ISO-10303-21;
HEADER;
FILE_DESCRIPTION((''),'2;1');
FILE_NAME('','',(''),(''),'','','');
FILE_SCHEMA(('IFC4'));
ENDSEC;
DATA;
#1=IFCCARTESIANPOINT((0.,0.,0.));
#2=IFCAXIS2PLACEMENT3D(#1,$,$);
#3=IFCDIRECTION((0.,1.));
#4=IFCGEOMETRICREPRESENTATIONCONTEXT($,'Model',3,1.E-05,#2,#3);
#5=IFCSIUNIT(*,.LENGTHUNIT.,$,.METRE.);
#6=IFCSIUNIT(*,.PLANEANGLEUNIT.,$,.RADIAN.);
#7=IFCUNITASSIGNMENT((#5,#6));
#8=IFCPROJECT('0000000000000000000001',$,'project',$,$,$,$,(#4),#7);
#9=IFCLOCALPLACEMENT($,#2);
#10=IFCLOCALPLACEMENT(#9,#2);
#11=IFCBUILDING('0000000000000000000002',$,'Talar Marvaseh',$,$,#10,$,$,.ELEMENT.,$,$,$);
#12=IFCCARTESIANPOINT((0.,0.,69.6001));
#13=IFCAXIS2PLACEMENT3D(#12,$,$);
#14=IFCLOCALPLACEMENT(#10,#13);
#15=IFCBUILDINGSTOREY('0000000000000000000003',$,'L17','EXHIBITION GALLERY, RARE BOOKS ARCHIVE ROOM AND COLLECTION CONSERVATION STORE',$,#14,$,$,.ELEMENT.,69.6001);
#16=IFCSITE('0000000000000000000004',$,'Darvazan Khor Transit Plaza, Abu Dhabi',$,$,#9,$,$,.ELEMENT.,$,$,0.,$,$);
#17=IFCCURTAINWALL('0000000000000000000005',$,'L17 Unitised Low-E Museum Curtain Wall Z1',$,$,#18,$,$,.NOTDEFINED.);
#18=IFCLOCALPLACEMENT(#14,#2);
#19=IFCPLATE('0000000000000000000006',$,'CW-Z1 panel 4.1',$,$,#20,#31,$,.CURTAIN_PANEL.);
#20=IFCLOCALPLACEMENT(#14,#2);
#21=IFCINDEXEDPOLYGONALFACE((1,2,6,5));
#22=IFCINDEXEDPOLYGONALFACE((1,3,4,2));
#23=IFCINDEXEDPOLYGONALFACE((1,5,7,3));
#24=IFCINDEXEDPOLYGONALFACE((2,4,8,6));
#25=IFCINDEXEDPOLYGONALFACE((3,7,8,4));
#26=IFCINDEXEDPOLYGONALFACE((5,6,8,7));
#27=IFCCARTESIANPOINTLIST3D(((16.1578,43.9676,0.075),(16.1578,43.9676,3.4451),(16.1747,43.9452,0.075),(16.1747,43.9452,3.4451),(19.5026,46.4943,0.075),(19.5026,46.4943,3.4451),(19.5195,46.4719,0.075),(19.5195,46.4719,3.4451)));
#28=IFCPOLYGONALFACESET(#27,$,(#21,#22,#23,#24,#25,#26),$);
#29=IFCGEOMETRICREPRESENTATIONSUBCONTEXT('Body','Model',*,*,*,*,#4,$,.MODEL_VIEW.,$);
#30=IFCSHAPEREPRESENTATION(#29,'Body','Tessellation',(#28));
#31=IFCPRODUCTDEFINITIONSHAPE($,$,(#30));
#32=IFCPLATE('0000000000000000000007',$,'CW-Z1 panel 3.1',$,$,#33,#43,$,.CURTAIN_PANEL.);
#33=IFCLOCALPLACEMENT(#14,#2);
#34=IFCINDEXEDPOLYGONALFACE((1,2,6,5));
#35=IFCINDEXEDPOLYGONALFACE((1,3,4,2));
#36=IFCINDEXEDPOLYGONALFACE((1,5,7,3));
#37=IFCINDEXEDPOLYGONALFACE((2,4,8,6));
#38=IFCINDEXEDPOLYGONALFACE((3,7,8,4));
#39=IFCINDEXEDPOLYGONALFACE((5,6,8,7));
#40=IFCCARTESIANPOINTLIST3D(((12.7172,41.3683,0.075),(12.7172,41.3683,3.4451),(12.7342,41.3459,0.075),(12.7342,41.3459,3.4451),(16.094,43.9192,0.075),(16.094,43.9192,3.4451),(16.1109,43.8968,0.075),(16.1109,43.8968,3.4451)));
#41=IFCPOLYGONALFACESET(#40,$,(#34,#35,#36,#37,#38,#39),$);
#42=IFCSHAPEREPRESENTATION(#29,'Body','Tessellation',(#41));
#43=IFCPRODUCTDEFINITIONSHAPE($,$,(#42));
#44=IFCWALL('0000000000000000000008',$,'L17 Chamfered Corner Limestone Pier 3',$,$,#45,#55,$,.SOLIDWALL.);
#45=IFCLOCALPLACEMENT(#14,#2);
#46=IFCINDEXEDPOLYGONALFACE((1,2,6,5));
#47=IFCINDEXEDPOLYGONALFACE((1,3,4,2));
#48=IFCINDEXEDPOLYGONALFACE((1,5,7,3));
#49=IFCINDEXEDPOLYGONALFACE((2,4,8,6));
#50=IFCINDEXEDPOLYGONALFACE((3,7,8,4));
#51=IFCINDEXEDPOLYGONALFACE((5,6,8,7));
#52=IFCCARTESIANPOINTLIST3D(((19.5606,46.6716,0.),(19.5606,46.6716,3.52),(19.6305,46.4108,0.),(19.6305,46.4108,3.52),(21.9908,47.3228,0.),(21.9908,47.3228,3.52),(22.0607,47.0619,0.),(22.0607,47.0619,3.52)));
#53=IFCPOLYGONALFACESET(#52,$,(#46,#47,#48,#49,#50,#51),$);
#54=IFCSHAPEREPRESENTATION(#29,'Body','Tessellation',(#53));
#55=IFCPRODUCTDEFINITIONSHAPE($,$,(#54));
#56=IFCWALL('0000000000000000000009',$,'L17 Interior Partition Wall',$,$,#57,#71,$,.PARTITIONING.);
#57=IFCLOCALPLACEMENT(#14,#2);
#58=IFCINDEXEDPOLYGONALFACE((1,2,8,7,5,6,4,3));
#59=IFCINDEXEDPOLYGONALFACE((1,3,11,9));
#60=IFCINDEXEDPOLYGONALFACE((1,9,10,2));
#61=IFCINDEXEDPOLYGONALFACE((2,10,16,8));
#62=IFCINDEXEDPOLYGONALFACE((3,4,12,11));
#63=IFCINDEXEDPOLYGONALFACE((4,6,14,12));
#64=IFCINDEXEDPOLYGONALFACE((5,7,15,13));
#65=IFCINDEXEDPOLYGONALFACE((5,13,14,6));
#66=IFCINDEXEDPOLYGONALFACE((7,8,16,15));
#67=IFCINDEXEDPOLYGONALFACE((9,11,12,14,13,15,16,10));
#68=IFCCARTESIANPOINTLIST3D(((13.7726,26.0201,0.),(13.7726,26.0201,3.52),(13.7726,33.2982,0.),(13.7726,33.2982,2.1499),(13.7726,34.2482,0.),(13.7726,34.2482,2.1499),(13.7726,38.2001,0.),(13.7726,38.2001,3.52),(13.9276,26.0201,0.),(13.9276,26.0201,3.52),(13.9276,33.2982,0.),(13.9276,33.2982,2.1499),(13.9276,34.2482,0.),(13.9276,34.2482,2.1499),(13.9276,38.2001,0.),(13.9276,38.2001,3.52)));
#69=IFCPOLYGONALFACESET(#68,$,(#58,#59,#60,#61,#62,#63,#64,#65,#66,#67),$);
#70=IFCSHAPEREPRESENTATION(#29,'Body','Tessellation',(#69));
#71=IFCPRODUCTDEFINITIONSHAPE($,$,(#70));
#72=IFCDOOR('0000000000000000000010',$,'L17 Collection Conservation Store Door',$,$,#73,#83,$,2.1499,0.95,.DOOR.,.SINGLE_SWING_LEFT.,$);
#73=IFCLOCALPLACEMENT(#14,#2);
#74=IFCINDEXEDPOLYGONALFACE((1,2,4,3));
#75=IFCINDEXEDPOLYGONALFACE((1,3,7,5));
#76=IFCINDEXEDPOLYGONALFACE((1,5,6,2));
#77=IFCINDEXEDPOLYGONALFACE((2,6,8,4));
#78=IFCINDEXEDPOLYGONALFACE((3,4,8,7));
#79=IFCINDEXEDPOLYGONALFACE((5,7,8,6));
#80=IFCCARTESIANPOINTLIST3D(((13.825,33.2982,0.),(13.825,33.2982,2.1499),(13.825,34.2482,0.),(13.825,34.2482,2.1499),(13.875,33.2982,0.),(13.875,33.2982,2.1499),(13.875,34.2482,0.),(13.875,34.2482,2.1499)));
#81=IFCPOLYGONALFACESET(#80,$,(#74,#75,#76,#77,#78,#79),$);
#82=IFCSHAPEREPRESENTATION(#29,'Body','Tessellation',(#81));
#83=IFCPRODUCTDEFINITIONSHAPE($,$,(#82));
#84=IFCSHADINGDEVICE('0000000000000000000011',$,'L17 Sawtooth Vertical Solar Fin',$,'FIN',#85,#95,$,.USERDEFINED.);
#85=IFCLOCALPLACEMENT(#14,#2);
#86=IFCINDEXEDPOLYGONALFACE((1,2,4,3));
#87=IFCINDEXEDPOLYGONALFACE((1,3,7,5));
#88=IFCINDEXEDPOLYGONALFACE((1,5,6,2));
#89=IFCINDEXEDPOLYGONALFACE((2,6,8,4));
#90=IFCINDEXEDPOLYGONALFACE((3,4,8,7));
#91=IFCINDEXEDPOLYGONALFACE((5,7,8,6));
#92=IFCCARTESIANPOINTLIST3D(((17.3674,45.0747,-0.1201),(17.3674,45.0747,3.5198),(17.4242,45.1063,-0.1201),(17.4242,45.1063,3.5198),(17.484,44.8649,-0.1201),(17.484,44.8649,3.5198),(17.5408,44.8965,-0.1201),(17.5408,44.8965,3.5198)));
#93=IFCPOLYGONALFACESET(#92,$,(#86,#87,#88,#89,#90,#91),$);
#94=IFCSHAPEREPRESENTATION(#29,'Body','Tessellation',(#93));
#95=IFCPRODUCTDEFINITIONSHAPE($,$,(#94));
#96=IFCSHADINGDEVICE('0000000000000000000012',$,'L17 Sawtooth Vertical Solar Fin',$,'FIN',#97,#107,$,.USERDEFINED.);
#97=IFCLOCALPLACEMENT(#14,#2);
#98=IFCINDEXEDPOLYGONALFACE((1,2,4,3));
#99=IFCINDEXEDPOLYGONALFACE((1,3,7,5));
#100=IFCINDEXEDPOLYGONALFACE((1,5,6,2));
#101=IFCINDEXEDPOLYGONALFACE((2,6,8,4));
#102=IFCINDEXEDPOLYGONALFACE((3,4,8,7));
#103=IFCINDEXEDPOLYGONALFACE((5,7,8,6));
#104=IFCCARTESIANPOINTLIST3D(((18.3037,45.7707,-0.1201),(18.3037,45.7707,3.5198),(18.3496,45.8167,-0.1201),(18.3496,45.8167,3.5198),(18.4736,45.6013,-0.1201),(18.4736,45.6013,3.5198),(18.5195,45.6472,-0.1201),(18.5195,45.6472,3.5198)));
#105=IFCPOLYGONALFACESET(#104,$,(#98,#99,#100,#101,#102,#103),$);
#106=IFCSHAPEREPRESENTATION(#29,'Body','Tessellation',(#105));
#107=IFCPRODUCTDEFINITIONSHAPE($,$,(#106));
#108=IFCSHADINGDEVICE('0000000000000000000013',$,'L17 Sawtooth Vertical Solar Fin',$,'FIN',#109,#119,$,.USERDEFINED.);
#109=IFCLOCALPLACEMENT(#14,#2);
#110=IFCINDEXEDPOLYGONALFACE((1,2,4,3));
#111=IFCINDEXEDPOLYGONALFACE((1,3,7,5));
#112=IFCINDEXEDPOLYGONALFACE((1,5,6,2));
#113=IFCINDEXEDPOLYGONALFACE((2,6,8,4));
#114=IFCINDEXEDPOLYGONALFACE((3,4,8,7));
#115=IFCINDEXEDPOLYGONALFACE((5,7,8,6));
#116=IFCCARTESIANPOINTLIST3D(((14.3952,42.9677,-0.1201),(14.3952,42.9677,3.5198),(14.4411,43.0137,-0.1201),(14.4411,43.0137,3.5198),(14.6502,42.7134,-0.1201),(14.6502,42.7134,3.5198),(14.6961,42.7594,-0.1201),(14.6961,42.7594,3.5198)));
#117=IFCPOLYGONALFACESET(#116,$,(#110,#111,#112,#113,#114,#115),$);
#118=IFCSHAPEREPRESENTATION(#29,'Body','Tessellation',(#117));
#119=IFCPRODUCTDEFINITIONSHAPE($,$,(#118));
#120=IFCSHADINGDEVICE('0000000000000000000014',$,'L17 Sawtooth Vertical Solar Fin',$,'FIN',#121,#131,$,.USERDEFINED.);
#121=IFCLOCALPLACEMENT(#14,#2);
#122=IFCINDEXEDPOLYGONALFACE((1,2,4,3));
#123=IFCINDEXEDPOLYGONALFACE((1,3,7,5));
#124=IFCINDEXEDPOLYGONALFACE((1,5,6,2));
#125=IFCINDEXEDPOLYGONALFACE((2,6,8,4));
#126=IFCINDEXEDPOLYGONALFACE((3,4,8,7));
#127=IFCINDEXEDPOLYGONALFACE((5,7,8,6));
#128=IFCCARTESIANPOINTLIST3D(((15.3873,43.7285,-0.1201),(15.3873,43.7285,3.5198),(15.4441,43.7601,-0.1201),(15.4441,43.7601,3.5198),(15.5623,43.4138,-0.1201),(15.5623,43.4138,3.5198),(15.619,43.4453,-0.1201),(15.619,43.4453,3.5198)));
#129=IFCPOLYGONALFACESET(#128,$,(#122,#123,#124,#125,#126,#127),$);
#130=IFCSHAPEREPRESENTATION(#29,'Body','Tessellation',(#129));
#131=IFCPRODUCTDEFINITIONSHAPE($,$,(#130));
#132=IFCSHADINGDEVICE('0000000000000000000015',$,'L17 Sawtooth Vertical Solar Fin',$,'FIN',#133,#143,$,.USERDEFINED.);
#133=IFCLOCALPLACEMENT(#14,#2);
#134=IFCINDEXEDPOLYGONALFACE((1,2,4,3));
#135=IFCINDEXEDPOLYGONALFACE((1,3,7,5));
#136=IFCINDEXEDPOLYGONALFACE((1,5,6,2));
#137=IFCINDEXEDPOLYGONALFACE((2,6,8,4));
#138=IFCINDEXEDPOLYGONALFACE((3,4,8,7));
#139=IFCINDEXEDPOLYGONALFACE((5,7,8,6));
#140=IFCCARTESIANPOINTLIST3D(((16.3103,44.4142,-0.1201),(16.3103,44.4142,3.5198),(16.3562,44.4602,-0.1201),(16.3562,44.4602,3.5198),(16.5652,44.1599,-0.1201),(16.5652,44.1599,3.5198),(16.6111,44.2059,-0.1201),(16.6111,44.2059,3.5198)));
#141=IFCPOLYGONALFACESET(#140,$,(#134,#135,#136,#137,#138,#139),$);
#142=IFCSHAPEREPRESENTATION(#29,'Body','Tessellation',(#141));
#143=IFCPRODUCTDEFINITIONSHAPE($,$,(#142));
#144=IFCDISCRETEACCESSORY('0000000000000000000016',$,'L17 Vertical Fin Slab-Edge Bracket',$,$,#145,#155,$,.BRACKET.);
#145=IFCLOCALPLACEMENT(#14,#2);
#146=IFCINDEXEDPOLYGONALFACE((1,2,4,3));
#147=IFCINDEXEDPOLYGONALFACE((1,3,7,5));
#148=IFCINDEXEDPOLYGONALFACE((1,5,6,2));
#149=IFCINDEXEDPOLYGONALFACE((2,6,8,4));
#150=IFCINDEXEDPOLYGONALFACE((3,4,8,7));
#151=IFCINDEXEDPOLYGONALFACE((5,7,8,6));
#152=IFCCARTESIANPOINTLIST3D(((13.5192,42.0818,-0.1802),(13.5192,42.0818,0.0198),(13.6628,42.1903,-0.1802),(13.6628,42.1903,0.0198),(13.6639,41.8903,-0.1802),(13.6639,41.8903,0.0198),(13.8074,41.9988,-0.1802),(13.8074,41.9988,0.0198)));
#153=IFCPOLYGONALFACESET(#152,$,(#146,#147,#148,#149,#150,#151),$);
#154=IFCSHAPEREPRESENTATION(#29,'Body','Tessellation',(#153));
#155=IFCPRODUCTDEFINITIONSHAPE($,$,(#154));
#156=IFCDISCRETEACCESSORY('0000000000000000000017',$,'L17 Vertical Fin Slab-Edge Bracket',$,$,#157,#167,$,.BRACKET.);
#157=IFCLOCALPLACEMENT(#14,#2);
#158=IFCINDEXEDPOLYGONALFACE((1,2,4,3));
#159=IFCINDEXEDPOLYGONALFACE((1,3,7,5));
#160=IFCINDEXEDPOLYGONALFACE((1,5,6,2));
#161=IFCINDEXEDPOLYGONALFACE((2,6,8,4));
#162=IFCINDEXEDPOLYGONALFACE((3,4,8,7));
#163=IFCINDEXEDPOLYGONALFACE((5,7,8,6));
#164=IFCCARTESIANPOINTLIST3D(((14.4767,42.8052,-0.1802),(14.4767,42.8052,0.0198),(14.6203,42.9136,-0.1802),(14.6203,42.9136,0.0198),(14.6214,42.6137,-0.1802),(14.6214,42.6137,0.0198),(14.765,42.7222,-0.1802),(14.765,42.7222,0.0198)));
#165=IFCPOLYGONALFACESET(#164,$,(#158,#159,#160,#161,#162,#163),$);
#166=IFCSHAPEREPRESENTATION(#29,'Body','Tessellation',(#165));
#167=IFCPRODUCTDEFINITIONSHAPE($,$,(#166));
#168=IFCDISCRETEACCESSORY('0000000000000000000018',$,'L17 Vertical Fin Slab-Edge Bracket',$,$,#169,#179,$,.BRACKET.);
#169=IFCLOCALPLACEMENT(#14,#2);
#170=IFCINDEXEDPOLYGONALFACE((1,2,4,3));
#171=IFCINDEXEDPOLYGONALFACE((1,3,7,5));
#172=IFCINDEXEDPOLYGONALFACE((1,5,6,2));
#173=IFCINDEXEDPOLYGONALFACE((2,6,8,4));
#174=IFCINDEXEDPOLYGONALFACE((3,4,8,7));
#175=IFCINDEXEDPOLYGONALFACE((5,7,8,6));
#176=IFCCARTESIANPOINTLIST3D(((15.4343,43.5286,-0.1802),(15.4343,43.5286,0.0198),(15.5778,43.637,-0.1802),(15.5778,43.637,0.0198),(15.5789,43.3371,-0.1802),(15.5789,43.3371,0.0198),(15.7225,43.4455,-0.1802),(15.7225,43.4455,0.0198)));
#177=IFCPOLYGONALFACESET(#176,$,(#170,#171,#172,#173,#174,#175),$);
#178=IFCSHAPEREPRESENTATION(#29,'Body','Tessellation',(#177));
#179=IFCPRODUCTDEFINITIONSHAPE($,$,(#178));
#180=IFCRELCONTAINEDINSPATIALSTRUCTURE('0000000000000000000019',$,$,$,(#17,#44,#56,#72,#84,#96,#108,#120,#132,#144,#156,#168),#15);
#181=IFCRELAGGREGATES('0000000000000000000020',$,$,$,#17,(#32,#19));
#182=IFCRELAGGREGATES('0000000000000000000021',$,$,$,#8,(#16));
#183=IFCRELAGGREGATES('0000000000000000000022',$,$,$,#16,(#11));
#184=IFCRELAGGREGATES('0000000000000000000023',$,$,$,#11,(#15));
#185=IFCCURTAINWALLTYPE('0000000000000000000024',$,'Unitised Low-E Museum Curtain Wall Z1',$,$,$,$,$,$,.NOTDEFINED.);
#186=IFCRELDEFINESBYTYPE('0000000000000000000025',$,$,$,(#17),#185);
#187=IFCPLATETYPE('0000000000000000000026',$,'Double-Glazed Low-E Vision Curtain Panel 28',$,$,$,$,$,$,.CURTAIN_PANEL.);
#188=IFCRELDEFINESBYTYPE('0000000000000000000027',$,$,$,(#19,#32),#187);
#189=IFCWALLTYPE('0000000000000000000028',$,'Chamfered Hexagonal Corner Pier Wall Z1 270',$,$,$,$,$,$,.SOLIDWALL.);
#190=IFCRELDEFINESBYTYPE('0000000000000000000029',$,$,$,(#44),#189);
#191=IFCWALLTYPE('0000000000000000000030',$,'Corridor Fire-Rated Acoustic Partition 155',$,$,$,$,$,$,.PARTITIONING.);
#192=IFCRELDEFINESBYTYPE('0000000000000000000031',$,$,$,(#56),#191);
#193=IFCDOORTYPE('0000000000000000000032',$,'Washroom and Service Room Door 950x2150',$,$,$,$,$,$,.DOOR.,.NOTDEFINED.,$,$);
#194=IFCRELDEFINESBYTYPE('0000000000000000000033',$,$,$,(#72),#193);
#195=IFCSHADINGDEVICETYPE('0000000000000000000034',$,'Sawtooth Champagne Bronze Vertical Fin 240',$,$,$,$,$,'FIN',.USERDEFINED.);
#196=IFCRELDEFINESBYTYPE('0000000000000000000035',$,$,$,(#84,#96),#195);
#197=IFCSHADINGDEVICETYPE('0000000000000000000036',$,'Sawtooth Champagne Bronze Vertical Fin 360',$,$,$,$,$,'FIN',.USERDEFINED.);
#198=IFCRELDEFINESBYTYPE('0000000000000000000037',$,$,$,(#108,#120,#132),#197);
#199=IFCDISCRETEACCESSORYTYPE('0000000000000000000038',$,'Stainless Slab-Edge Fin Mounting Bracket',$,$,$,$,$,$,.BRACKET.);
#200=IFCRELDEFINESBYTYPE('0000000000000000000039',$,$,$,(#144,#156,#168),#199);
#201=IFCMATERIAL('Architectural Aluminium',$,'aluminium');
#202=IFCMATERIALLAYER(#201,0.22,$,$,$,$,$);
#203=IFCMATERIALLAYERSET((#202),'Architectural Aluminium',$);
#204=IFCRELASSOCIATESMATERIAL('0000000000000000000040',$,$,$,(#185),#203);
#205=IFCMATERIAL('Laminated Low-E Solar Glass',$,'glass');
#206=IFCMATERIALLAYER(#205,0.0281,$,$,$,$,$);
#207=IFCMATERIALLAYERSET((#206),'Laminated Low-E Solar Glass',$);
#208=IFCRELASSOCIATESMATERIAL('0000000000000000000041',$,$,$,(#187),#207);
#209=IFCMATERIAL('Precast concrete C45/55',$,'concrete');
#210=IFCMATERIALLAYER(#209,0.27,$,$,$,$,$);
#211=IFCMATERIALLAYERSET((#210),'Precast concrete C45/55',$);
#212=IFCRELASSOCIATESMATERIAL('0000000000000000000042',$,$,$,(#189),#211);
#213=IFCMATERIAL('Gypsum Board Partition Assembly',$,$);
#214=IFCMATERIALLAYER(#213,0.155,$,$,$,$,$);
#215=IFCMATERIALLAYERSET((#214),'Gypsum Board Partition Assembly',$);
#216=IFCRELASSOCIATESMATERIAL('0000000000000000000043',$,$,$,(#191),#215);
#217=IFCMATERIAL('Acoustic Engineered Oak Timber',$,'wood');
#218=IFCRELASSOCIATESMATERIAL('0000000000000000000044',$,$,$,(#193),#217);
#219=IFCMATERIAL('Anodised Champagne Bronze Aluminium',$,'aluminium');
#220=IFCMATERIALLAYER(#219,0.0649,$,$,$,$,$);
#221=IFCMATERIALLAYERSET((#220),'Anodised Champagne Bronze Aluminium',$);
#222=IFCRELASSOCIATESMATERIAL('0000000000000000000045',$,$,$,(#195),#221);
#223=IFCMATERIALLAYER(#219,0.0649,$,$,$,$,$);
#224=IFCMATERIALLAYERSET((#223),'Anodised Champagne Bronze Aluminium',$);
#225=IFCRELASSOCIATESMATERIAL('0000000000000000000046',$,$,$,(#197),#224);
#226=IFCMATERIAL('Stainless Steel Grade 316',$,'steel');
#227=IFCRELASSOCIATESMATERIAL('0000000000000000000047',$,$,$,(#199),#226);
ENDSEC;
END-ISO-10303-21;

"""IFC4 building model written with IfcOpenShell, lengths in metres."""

from ifc_helpers import new_model, si_unit, direction, frame, frame_2d, origin, origin_2d, place, context, subcontext, project, spatial, rectangle, extrude, source, transform, mapped, material, layer, layer_set, type_object, type_shapes, element, fill, aggregate, save


model = new_model("IFC4")

# Units and contexts
model_context = context("Model", 3, precision=1e-05, world=origin(), true_north=direction((0.0, 1.0)))
body_context = subcontext(model_context, "Body", "Model", "MODEL_VIEW")
ifc_project = project(units=[si_unit("LENGTHUNIT", "METRE"), si_unit("PLANEANGLEUNIT", "RADIAN")], contexts=[model_context])

# Site, building, storey
site_placement = place(None, origin())
site = spatial("IfcSite", under=ifc_project, at=site_placement, Name="Darvazan Khor Transit Plaza, Abu Dhabi", CompositionType="ELEMENT", RefElevation=0.0)
building_placement = place(site_placement, origin())
building = spatial("IfcBuilding", under=site, at=building_placement, Name="Talar Marvaseh", CompositionType="ELEMENT")
storey_placement = place(building_placement, frame((0.0, 0.0, 69.6001)))
storey = spatial("IfcBuildingStorey", under=building, at=storey_placement, Name="L17", Description="EXHIBITION GALLERY, RARE BOOKS ARCHIVE ROOM AND COLLECTION CONSERVATION STORE", CompositionType="ELEMENT", Elevation=69.6001)

# Curtain wall, plates
ifc_material_1 = material(Name="Architectural Aluminium", Category="aluminium")
ifc_layer_1 = layer(ifc_material_1, 0.22)
ifc_layer_set_1 = layer_set([ifc_layer_1], Name="Architectural Aluminium")
curtain_wall_type = type_object("IfcCurtainWallType", Name="Unitised Low-E Museum Curtain Wall Z1", PredefinedType="NOTDEFINED", material=ifc_layer_set_1)
curtain_wall_placement = place(storey_placement, origin())
curtain_wall = element("IfcCurtainWall", 1, at=curtain_wall_placement, inside=storey, type_object=curtain_wall_type, Name="L17 Unitised Low-E Museum Curtain Wall Z1", PredefinedType="NOTDEFINED")
ifc_material_2 = material(Name="Laminated Low-E Solar Glass", Category="glass")
ifc_layer_2 = layer(ifc_material_2, 0.0281)
ifc_layer_set_2 = layer_set([ifc_layer_2], Name="Laminated Low-E Solar Glass")
plate_type = type_object("IfcPlateType", Name="Double-Glazed Low-E Vision Curtain Panel 28", PredefinedType="CURTAIN_PANEL", material=ifc_layer_set_2)
shared_shape_1 = source(origin(), body_context, "Body", "SweptSolid", [
    extrude(rectangle(XDim=4.1919, YDim=0.0281, at=origin_2d()), origin(), (0.0, 0.0, 1.0), 3.3701),
])
plate_1_placement = place(storey_placement, frame((17.8386, 45.2197, 0.075), z_axis=(0.0, 0.0, 1.0), x_axis=(0.79792, 0.602763, 0.0)))
plate_1 = element("IfcPlate", 2, at=plate_1_placement, type_object=plate_type, Name="CW-Z1 panel 4.1", PredefinedType="CURTAIN_PANEL", context=body_context, shape_type="MappedRepresentation", body=[
    mapped(shared_shape_1, transform((0.0, 0.0, 0.0), x_axis=(1.0, 0.0, 0.0), y_axis=(0.0, 1.0, 0.0), z_axis=(0.0, 0.0, 1.0), scale=1.0)),
])
shared_shape_2 = source(origin(), body_context, "Body", "SweptSolid", [
    extrude(rectangle(XDim=4.2319, YDim=0.0281, at=origin_2d()), origin(), (0.0, 0.0, 1.0), 3.3701),
])
type_shapes(plate_type, [shared_shape_1, shared_shape_2])
plate_2_placement = place(storey_placement, frame((14.4141, 42.6326, 0.075), z_axis=(0.0, 0.0, 1.0), x_axis=(0.79792, 0.602763, 0.0)))
plate_2 = element("IfcPlate", 3, at=plate_2_placement, type_object=plate_type, Name="CW-Z1 panel 3.1", PredefinedType="CURTAIN_PANEL", context=body_context, shape_type="MappedRepresentation", body=[
    mapped(shared_shape_2, transform((0.0, 0.0, 0.0), x_axis=(1.0, 0.0, 0.0), y_axis=(0.0, 1.0, 0.0), z_axis=(0.0, 0.0, 1.0), scale=1.0)),
])
aggregate(curtain_wall, [plate_2, plate_1])

# Wall
ifc_material_3 = material(Name="Precast concrete C45/55", Category="concrete")
ifc_layer_3 = layer(ifc_material_3, 0.27)
ifc_layer_set_3 = layer_set([ifc_layer_3], Name="Precast concrete C45/55")
wall_type_1 = type_object("IfcWallType", Name="Chamfered Hexagonal Corner Pier Wall Z1 270", PredefinedType="SOLIDWALL", material=ifc_layer_set_3)
wall_1_placement = place(storey_placement, frame((19.5957, 46.5413, 0.0), z_axis=(0.0, 0.0, 1.0), x_axis=(0.96593, 0.258804, 0.0)))
element("IfcWall", 4, at=wall_1_placement, inside=storey, type_object=wall_type_1, Name="L17 Chamfered Corner Limestone Pier 3", PredefinedType="SOLIDWALL", context=body_context, shape_type="SweptSolid", body=[
    extrude(rectangle(XDim=2.5159, YDim=0.27, at=frame_2d((1.2578, 0.0))), origin(), (0.0, 0.0, 1.0), 3.52),
])

# Wall, opening, door
ifc_material_4 = material(Name="Gypsum Board Partition Assembly")
ifc_layer_4 = layer(ifc_material_4, 0.155)
ifc_layer_set_4 = layer_set([ifc_layer_4], Name="Gypsum Board Partition Assembly")
wall_type_2 = type_object("IfcWallType", Name="Corridor Fire-Rated Acoustic Partition 155", PredefinedType="PARTITIONING", material=ifc_layer_set_4)
wall_2_placement = place(storey_placement, frame((13.8501, 38.2, 0.0), z_axis=(0.0, 0.0, 1.0), x_axis=(0.0, -1.0, 0.0)))
wall_2 = element("IfcWall", 5, at=wall_2_placement, inside=storey, type_object=wall_type_2, Name="L17 Interior Partition Wall", PredefinedType="PARTITIONING", context=body_context, shape_type="SweptSolid", body=[
    extrude(rectangle(XDim=12.1799, YDim=0.155, at=frame_2d((6.0898, 0.0))), origin(), (0.0, 0.0, 1.0), 3.52),
])
opening_placement = place(wall_2_placement, frame((3.9517, 0.0, 0.0)))
opening = element("IfcOpeningElement", 6, at=opening_placement, cuts=wall_2, PredefinedType="OPENING", context=body_context, shape_type="SweptSolid", body=[
    extrude(rectangle(XDim=0.95, YDim=2.1499, at=frame_2d((0.4751, 1.075))), frame((0.0, 0.0874, 0.0), z_axis=(0.0, -1.0, 0.0), x_axis=(1.0, 0.0, 0.0)), (0.0, 0.0, 1.0), 0.175),
])
ifc_material_5 = material(Name="Acoustic Engineered Oak Timber", Category="wood")
door_type = type_object("IfcDoorType", Name="Washroom and Service Room Door 950x2150", OperationType="NOTDEFINED", PredefinedType="DOOR", material=ifc_material_5)
shared_shape_3 = source(origin(), body_context, "Body", "SweptSolid", [
    extrude(rectangle(XDim=0.95, YDim=2.1499, at=frame_2d((0.4751, 1.075))), frame((0.0, 0.0249, 0.0), z_axis=(0.0, -1.0, 0.0), x_axis=(1.0, 0.0, 0.0)), (0.0, 0.0, 1.0), 0.05),
])
type_shapes(door_type, [shared_shape_3])
door_placement = place(opening_placement, origin())
door = element("IfcDoor", 7, at=door_placement, inside=storey, type_object=door_type, Name="L17 Collection Conservation Store Door", OperationType="SINGLE_SWING_LEFT", OverallHeight=2.1499, OverallWidth=0.95, PredefinedType="DOOR", context=body_context, shape_type="MappedRepresentation", body=[
    mapped(shared_shape_3, transform((0.0, 0.0, 0.0), x_axis=(1.0, 0.0, 0.0), y_axis=(0.0, 1.0, 0.0), z_axis=(0.0, 0.0, 1.0), scale=1.0)),
])
fill(opening, door)

# Shading devices
ifc_material_6 = material(Name="Anodised Champagne Bronze Aluminium", Category="aluminium")
ifc_layer_5 = layer(ifc_material_6, 0.0649)
ifc_layer_set_5 = layer_set([ifc_layer_5], Name="Anodised Champagne Bronze Aluminium")
shading_device_type_1 = type_object("IfcShadingDeviceType", Name="Sawtooth Champagne Bronze Vertical Fin 240", ElementType="FIN", PredefinedType="USERDEFINED", material=ifc_layer_set_5)
shared_shape_4 = source(origin(), body_context, "Body", "SweptSolid", [
    extrude(rectangle(XDim=0.24, YDim=0.0649, at=origin_2d()), origin(), (0.0, 0.0, 1.0), 3.6399),
])
type_shapes(shading_device_type_1, [shared_shape_4])
for number, where, z_axis, x_axis, name in (
    (8, (17.4541, 44.9856, -0.1201), (0.0, 0.0, 1.0), (-0.485878, 0.874027, 0.0), "L17 Sawtooth Vertical Solar Fin"),
    (9, (18.4116, 45.709, -0.1201), (0.0, 0.0, 1.0), (-0.70797, 0.706242, 0.0), "L17 Sawtooth Vertical Solar Fin"),
):
    element("IfcShadingDevice", number, at=place(storey_placement, frame(where, z_axis=z_axis, x_axis=x_axis)), inside=storey, type_object=shading_device_type_1, Name=name, ObjectType="FIN", PredefinedType="USERDEFINED", context=body_context, shape_type="MappedRepresentation", body=[
        mapped(shared_shape_4, transform((0.0, 0.0, 0.0), x_axis=(1.0, 0.0, 0.0), y_axis=(0.0, 1.0, 0.0), z_axis=(0.0, 0.0, 1.0), scale=1.0)),
    ])
ifc_layer_6 = layer(ifc_material_6, 0.0649)
ifc_layer_set_6 = layer_set([ifc_layer_6], Name="Anodised Champagne Bronze Aluminium")
shading_device_type_2 = type_object("IfcShadingDeviceType", Name="Sawtooth Champagne Bronze Vertical Fin 360", ElementType="FIN", PredefinedType="USERDEFINED", material=ifc_layer_set_6)
shared_shape_5 = source(origin(), body_context, "Body", "SweptSolid", [
    extrude(rectangle(XDim=0.3601, YDim=0.0649, at=origin_2d()), origin(), (0.0, 0.0, 1.0), 3.6399),
])
type_shapes(shading_device_type_2, [shared_shape_5])
for number, where, z_axis, x_axis, name in (
    (10, (14.5457, 42.8635, -0.1201), (0.0, 0.0, 1.0), (-0.70797, 0.706242, 0.0), "L17 Sawtooth Vertical Solar Fin"),
    (11, (15.5032, 43.5869, -0.1201), (0.0, 0.0, 1.0), (-0.485878, 0.874027, 0.0), "L17 Sawtooth Vertical Solar Fin"),
    (12, (16.4607, 44.3101, -0.1201), (0.0, 0.0, 1.0), (-0.70797, 0.706242, 0.0), "L17 Sawtooth Vertical Solar Fin"),
):
    element("IfcShadingDevice", number, at=place(storey_placement, frame(where, z_axis=z_axis, x_axis=x_axis)), inside=storey, type_object=shading_device_type_2, Name=name, ObjectType="FIN", PredefinedType="USERDEFINED", context=body_context, shape_type="MappedRepresentation", body=[
        mapped(shared_shape_5, transform((0.0, 0.0, 0.0), x_axis=(1.0, 0.0, 0.0), y_axis=(0.0, 1.0, 0.0), z_axis=(0.0, 0.0, 1.0), scale=1.0)),
    ])

# Discrete accessories
ifc_material_7 = material(Name="Stainless Steel Grade 316", Category="steel")
discrete_accessory_type = type_object("IfcDiscreteAccessoryType", Name="Stainless Slab-Edge Fin Mounting Bracket", PredefinedType="BRACKET", material=ifc_material_7)
shared_shape_6 = source(origin(), body_context, "Body", "SweptSolid", [
    extrude(rectangle(XDim=0.24, YDim=0.1799, at=origin_2d()), origin(), (0.0, 0.0, 1.0), 0.2),
])
type_shapes(discrete_accessory_type, [shared_shape_6])
for number, where, z_axis, x_axis, name in (
    (13, (13.6633, 42.0403, -0.1802), (0.0, 0.0, 1.0), (-0.60279, 0.7979, 0.0), "L17 Vertical Fin Slab-Edge Bracket"),
    (14, (14.6208, 42.7637, -0.1802), (0.0, 0.0, 1.0), (-0.60279, 0.7979, 0.0), "L17 Vertical Fin Slab-Edge Bracket"),
    (15, (15.5784, 43.4871, -0.1802), (0.0, 0.0, 1.0), (-0.60279, 0.7979, 0.0), "L17 Vertical Fin Slab-Edge Bracket"),
):
    element("IfcDiscreteAccessory", number, at=place(storey_placement, frame(where, z_axis=z_axis, x_axis=x_axis)), inside=storey, type_object=discrete_accessory_type, Name=name, PredefinedType="BRACKET", context=body_context, shape_type="MappedRepresentation", body=[
        mapped(shared_shape_6, transform((0.0, 0.0, 0.0), x_axis=(1.0, 0.0, 0.0), y_axis=(0.0, 1.0, 0.0), z_axis=(0.0, 0.0, 1.0), scale=1.0)),
    ])

save(model, "model.ifc")
